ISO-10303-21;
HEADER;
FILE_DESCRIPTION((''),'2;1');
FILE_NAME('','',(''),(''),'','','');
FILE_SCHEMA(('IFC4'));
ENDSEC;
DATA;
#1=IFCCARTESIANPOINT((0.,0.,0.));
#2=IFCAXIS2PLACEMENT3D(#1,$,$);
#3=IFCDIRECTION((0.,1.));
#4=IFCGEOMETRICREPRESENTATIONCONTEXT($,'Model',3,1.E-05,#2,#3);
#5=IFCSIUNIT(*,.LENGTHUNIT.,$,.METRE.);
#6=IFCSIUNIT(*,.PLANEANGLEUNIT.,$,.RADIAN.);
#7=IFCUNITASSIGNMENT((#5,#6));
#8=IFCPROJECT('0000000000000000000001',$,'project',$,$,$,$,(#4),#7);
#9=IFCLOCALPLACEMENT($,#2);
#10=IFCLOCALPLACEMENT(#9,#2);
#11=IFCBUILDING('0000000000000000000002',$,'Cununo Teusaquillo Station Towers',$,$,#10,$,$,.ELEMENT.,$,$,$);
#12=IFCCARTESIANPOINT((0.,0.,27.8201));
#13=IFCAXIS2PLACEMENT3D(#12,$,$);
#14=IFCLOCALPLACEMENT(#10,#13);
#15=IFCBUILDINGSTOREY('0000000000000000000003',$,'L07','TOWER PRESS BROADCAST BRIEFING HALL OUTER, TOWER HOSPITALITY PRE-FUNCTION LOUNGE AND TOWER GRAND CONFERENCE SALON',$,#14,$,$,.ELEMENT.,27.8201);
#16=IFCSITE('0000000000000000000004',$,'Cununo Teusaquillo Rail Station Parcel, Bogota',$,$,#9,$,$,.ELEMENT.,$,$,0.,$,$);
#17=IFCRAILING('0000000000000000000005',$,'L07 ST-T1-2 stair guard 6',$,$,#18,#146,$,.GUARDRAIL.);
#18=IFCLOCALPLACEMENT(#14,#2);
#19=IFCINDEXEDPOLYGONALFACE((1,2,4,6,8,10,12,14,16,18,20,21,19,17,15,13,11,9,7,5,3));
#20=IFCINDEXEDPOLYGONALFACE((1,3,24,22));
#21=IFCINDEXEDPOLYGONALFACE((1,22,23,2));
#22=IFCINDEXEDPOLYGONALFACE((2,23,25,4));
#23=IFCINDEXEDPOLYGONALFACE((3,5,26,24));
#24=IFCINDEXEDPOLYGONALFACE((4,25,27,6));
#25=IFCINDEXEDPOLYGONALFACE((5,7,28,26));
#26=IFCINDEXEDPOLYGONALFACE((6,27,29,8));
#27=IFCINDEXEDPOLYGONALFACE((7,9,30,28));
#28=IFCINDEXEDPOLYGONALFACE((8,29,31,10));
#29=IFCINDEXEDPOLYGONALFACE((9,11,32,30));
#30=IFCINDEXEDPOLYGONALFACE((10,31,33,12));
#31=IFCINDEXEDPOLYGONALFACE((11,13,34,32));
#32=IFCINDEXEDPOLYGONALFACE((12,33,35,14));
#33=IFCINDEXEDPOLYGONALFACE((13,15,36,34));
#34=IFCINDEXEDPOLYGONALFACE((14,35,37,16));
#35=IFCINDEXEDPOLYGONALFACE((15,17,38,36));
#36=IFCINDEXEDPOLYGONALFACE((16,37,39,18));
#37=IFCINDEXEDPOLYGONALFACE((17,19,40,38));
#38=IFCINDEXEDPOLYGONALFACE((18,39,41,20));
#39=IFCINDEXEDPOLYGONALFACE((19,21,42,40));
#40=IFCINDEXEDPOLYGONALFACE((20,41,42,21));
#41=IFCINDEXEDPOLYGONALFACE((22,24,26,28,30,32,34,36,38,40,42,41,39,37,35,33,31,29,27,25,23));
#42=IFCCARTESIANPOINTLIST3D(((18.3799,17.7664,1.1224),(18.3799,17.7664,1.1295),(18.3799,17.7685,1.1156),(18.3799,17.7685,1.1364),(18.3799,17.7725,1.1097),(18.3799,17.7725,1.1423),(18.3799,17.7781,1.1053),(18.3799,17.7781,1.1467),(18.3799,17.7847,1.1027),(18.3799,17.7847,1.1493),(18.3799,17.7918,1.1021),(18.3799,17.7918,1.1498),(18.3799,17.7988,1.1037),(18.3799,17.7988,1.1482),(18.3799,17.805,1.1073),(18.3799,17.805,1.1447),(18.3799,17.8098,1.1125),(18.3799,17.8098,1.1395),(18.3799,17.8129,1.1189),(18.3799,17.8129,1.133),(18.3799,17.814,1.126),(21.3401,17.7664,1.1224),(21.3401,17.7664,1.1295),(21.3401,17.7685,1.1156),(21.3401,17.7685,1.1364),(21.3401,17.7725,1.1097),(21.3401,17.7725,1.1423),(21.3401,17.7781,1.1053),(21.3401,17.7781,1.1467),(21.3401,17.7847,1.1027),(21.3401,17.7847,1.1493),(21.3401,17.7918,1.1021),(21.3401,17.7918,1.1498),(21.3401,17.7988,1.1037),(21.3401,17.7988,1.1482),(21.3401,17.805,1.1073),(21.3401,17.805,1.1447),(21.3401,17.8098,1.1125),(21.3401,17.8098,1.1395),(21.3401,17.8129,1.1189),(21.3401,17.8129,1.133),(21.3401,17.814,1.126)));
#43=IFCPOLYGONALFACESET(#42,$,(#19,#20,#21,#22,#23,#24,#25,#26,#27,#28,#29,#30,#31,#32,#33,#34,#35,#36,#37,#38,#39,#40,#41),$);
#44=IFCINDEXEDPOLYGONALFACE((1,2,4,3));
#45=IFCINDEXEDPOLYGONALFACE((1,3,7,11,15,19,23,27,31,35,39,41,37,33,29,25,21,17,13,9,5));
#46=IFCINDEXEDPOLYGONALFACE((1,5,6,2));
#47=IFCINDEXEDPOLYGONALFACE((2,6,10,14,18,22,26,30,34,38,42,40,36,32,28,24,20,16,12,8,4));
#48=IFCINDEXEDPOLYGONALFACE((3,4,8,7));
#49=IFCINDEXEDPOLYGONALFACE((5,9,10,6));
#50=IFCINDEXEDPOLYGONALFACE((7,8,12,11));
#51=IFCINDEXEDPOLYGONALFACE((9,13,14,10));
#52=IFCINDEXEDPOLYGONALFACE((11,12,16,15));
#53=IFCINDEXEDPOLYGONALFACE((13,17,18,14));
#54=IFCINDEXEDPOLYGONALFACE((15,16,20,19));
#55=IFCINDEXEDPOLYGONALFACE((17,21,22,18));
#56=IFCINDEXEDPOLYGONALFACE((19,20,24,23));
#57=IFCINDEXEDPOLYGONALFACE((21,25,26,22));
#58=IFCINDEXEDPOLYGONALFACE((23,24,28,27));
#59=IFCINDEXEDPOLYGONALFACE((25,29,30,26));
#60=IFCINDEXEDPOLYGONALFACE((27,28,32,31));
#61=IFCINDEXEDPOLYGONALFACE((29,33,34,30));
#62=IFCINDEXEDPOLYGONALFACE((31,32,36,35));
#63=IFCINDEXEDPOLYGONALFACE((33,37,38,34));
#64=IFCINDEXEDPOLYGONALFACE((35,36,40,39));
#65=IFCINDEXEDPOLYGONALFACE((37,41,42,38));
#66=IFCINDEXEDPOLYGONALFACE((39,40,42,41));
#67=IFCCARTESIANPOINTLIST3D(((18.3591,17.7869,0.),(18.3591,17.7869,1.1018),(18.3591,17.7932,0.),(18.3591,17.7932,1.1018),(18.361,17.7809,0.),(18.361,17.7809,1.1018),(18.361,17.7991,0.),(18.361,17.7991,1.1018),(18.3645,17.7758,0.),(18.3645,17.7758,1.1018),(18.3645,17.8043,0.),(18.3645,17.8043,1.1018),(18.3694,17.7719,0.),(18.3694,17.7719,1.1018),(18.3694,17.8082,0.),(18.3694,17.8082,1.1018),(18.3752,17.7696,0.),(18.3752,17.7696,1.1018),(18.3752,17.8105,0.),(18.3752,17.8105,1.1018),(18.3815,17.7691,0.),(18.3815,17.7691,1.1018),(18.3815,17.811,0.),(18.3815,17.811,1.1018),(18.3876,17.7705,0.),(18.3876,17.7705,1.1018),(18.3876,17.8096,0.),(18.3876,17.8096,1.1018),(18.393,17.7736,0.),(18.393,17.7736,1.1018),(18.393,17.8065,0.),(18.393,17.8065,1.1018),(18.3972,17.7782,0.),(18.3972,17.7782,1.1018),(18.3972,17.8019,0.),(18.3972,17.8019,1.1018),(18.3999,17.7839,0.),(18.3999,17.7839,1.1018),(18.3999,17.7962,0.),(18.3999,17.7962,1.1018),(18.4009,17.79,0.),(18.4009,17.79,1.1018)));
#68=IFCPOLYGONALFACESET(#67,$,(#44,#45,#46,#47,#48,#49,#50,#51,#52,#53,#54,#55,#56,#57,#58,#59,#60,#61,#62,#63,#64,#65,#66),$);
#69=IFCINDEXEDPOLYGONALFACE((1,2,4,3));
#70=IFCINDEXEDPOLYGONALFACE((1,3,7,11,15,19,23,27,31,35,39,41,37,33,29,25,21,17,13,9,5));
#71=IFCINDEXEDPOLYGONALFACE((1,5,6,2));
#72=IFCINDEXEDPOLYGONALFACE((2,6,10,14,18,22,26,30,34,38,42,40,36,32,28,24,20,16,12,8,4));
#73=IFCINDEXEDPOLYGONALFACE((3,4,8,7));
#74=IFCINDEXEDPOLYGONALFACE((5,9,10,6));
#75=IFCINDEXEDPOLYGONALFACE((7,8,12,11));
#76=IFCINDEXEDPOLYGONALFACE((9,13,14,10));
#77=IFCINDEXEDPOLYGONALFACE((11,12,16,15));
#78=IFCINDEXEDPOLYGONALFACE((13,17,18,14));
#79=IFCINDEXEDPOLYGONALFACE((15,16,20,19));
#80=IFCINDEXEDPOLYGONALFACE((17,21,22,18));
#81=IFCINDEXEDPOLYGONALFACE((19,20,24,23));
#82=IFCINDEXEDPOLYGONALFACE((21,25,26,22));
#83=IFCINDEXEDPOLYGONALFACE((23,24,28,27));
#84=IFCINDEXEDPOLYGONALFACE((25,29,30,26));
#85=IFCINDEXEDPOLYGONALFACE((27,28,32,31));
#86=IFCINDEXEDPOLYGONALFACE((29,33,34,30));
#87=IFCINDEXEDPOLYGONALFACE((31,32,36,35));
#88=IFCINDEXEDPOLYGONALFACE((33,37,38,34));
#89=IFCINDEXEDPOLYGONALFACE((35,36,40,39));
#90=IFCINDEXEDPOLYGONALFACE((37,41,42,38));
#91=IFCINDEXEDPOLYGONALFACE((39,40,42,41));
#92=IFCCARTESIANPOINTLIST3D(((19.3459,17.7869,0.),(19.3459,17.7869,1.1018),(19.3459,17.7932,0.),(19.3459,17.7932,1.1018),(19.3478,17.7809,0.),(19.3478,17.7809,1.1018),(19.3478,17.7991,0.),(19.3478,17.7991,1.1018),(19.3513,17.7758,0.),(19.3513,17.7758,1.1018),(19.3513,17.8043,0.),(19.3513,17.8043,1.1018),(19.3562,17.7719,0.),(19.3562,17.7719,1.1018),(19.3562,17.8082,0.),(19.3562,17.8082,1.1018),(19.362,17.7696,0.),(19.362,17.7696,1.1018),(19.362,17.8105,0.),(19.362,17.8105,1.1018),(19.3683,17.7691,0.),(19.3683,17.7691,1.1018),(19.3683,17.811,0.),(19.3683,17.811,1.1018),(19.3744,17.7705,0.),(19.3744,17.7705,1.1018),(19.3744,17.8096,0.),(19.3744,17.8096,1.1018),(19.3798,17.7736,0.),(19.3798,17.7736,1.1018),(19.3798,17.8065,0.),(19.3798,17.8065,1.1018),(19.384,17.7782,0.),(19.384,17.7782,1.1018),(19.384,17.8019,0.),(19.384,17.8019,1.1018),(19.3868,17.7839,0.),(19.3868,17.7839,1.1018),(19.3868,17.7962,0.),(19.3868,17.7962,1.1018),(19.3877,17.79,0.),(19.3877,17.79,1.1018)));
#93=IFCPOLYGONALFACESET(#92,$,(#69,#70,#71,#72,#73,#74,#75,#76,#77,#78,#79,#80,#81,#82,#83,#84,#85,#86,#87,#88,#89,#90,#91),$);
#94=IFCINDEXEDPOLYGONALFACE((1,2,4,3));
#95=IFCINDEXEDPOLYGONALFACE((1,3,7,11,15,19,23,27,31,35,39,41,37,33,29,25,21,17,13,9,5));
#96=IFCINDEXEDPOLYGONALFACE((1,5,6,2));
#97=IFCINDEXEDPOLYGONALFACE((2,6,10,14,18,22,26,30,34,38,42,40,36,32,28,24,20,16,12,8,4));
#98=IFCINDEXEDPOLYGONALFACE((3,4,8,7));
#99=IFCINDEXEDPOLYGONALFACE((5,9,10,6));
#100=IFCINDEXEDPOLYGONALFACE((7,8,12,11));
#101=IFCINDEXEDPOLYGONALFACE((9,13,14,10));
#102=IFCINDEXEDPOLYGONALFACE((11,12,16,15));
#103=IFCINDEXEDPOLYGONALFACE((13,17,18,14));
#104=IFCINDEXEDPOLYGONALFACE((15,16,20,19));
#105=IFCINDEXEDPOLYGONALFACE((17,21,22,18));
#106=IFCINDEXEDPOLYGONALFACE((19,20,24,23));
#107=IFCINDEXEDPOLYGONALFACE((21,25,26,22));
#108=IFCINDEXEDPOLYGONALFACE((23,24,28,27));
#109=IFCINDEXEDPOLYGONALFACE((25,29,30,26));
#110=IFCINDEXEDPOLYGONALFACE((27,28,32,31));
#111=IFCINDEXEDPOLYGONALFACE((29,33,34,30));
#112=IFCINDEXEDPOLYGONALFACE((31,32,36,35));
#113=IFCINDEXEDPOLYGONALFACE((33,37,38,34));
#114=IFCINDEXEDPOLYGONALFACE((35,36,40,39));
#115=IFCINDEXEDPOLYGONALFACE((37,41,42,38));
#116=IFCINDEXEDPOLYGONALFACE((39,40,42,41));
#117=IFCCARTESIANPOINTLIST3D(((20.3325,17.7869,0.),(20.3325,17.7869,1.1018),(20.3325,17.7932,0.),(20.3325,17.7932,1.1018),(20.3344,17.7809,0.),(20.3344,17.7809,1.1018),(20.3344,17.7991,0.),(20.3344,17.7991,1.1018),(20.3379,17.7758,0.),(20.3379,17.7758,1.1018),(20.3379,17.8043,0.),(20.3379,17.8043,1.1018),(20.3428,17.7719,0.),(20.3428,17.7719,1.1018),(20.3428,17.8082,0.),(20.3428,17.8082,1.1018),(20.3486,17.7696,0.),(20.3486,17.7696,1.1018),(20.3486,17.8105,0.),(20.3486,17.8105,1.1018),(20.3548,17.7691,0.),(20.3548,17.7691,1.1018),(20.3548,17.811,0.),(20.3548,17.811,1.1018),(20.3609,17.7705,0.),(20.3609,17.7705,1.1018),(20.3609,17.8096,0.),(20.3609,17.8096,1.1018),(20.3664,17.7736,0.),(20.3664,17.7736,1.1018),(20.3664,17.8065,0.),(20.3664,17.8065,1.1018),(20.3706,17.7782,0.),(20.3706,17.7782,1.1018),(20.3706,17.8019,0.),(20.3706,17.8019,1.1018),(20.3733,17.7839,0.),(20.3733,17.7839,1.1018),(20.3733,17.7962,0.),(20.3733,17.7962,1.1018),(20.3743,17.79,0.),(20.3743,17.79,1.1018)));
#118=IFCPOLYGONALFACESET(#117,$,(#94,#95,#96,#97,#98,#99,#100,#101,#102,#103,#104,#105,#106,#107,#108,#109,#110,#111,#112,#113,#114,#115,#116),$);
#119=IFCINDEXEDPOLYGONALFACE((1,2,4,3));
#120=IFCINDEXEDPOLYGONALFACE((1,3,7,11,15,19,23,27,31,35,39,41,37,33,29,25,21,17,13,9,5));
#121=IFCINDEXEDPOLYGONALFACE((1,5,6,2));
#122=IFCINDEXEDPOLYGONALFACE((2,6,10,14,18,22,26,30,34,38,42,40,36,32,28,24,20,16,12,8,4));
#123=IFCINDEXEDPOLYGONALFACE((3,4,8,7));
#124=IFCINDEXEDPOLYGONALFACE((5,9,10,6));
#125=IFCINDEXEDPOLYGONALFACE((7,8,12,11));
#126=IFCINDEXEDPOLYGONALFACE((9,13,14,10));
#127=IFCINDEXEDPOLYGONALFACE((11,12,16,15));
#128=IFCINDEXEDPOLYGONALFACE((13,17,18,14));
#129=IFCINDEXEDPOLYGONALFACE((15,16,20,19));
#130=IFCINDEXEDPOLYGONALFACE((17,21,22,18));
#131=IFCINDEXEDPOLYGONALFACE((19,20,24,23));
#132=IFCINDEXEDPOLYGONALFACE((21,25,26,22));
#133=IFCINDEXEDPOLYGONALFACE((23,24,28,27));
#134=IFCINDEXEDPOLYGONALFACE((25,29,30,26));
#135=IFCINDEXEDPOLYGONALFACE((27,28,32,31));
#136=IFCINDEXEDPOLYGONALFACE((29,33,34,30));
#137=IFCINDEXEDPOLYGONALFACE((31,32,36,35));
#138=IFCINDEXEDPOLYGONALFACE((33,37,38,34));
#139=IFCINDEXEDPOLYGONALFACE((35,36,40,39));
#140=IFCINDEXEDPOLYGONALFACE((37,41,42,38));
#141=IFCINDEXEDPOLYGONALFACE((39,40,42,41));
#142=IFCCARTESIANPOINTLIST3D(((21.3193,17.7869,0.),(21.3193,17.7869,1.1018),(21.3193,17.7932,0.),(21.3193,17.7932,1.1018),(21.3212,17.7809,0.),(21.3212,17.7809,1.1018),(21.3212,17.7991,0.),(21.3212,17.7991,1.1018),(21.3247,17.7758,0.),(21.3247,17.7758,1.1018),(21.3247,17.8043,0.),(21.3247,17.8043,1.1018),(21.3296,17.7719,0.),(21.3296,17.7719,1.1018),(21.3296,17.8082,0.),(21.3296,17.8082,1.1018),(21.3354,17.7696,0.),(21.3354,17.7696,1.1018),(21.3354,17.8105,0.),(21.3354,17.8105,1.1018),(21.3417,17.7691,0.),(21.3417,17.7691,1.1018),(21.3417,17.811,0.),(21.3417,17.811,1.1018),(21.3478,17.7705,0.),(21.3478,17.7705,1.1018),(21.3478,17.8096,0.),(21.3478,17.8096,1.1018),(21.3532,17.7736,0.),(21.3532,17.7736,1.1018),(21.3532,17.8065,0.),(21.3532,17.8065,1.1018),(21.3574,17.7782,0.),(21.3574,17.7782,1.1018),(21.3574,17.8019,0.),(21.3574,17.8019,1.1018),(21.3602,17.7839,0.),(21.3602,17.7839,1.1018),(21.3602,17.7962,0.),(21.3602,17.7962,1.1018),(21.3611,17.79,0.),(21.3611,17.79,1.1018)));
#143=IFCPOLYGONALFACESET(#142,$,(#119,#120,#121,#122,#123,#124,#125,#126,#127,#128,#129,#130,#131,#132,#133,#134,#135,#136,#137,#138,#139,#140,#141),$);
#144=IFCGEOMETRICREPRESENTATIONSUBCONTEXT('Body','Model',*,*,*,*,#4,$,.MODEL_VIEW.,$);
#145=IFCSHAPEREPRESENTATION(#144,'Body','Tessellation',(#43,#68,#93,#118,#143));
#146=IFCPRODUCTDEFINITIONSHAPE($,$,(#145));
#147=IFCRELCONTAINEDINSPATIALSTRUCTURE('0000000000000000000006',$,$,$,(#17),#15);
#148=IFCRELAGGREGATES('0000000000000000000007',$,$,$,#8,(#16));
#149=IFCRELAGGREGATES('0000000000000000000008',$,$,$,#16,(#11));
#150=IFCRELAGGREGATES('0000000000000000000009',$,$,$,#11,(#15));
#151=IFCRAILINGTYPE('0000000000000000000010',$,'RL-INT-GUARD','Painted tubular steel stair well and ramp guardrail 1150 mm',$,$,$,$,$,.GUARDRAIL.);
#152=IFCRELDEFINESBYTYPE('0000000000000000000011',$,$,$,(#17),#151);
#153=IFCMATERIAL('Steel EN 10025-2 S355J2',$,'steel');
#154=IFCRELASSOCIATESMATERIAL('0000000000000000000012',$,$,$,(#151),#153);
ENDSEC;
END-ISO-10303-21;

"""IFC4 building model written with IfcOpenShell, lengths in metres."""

from ifc_helpers import new_model, si_unit, direction, frame, origin, origin_2d, place, context, subcontext, project, spatial, circle, extrude, material, type_object, element, save


model = new_model("IFC4")

# Units and contexts
model_context = context("Model", 3, precision=1e-05, world=origin(), true_north=direction((0.0, 1.0)))
body_context = subcontext(model_context, "Body", "Model", "MODEL_VIEW")
ifc_project = project(units=[si_unit("LENGTHUNIT", "METRE"), si_unit("PLANEANGLEUNIT", "RADIAN")], contexts=[model_context])

# Site, building, storey
site_placement = place(None, origin())
site = spatial("IfcSite", under=ifc_project, at=site_placement, Name="Cununo Teusaquillo Rail Station Parcel, Bogota", CompositionType="ELEMENT", RefElevation=0.0)
building_placement = place(site_placement, origin())
building = spatial("IfcBuilding", under=site, at=building_placement, Name="Cununo Teusaquillo Station Towers", CompositionType="ELEMENT")
storey_placement = place(building_placement, frame((0.0, 0.0, 27.8201)))
storey = spatial("IfcBuildingStorey", under=building, at=storey_placement, Name="L07", Description="TOWER PRESS BROADCAST BRIEFING HALL OUTER, TOWER HOSPITALITY PRE-FUNCTION LOUNGE AND TOWER GRAND CONFERENCE SALON", CompositionType="ELEMENT", Elevation=27.8201)

# Railing
ifc_material_1 = material(Name="Steel EN 10025-2 S355J2", Category="steel")
railing_type_1 = type_object("IfcRailingType", Name="RL-INT-GUARD", Description="Painted tubular steel stair well and ramp guardrail 1150 mm", PredefinedType="GUARDRAIL", material=ifc_material_1)
railing_1_placement = place(storey_placement, frame((18.3799, 17.79, 0.0)))
element("IfcRailing", 1, at=railing_1_placement, inside=storey, type_object=railing_type_1, Name="L07 ST-T1-2 stair guard 6", PredefinedType="GUARDRAIL", context=body_context, shape_type="SweptSolid", body=[
    extrude(circle(Radius=0.0239, at=origin_2d()), frame((0.0, 0.0, 1.126), z_axis=(1.0, 0.0, 0.0), x_axis=(0.0, 1.0, 0.0)), (0.0, 0.0, 1.0), 2.9602),
    extrude(circle(Radius=0.021, at=origin_2d()), origin(), (0.0, 0.0, 1.0), 1.1018),
    extrude(circle(Radius=0.021, at=origin_2d()), frame((0.9868, 0.0, 0.0)), (0.0, 0.0, 1.0), 1.1018),
    extrude(circle(Radius=0.021, at=origin_2d()), frame((1.9734, 0.0, 0.0)), (0.0, 0.0, 1.0), 1.1018),
    extrude(circle(Radius=0.021, at=origin_2d()), frame((2.9602, 0.0, 0.0)), (0.0, 0.0, 1.0), 1.1018),
])

save(model, "model.ifc")
